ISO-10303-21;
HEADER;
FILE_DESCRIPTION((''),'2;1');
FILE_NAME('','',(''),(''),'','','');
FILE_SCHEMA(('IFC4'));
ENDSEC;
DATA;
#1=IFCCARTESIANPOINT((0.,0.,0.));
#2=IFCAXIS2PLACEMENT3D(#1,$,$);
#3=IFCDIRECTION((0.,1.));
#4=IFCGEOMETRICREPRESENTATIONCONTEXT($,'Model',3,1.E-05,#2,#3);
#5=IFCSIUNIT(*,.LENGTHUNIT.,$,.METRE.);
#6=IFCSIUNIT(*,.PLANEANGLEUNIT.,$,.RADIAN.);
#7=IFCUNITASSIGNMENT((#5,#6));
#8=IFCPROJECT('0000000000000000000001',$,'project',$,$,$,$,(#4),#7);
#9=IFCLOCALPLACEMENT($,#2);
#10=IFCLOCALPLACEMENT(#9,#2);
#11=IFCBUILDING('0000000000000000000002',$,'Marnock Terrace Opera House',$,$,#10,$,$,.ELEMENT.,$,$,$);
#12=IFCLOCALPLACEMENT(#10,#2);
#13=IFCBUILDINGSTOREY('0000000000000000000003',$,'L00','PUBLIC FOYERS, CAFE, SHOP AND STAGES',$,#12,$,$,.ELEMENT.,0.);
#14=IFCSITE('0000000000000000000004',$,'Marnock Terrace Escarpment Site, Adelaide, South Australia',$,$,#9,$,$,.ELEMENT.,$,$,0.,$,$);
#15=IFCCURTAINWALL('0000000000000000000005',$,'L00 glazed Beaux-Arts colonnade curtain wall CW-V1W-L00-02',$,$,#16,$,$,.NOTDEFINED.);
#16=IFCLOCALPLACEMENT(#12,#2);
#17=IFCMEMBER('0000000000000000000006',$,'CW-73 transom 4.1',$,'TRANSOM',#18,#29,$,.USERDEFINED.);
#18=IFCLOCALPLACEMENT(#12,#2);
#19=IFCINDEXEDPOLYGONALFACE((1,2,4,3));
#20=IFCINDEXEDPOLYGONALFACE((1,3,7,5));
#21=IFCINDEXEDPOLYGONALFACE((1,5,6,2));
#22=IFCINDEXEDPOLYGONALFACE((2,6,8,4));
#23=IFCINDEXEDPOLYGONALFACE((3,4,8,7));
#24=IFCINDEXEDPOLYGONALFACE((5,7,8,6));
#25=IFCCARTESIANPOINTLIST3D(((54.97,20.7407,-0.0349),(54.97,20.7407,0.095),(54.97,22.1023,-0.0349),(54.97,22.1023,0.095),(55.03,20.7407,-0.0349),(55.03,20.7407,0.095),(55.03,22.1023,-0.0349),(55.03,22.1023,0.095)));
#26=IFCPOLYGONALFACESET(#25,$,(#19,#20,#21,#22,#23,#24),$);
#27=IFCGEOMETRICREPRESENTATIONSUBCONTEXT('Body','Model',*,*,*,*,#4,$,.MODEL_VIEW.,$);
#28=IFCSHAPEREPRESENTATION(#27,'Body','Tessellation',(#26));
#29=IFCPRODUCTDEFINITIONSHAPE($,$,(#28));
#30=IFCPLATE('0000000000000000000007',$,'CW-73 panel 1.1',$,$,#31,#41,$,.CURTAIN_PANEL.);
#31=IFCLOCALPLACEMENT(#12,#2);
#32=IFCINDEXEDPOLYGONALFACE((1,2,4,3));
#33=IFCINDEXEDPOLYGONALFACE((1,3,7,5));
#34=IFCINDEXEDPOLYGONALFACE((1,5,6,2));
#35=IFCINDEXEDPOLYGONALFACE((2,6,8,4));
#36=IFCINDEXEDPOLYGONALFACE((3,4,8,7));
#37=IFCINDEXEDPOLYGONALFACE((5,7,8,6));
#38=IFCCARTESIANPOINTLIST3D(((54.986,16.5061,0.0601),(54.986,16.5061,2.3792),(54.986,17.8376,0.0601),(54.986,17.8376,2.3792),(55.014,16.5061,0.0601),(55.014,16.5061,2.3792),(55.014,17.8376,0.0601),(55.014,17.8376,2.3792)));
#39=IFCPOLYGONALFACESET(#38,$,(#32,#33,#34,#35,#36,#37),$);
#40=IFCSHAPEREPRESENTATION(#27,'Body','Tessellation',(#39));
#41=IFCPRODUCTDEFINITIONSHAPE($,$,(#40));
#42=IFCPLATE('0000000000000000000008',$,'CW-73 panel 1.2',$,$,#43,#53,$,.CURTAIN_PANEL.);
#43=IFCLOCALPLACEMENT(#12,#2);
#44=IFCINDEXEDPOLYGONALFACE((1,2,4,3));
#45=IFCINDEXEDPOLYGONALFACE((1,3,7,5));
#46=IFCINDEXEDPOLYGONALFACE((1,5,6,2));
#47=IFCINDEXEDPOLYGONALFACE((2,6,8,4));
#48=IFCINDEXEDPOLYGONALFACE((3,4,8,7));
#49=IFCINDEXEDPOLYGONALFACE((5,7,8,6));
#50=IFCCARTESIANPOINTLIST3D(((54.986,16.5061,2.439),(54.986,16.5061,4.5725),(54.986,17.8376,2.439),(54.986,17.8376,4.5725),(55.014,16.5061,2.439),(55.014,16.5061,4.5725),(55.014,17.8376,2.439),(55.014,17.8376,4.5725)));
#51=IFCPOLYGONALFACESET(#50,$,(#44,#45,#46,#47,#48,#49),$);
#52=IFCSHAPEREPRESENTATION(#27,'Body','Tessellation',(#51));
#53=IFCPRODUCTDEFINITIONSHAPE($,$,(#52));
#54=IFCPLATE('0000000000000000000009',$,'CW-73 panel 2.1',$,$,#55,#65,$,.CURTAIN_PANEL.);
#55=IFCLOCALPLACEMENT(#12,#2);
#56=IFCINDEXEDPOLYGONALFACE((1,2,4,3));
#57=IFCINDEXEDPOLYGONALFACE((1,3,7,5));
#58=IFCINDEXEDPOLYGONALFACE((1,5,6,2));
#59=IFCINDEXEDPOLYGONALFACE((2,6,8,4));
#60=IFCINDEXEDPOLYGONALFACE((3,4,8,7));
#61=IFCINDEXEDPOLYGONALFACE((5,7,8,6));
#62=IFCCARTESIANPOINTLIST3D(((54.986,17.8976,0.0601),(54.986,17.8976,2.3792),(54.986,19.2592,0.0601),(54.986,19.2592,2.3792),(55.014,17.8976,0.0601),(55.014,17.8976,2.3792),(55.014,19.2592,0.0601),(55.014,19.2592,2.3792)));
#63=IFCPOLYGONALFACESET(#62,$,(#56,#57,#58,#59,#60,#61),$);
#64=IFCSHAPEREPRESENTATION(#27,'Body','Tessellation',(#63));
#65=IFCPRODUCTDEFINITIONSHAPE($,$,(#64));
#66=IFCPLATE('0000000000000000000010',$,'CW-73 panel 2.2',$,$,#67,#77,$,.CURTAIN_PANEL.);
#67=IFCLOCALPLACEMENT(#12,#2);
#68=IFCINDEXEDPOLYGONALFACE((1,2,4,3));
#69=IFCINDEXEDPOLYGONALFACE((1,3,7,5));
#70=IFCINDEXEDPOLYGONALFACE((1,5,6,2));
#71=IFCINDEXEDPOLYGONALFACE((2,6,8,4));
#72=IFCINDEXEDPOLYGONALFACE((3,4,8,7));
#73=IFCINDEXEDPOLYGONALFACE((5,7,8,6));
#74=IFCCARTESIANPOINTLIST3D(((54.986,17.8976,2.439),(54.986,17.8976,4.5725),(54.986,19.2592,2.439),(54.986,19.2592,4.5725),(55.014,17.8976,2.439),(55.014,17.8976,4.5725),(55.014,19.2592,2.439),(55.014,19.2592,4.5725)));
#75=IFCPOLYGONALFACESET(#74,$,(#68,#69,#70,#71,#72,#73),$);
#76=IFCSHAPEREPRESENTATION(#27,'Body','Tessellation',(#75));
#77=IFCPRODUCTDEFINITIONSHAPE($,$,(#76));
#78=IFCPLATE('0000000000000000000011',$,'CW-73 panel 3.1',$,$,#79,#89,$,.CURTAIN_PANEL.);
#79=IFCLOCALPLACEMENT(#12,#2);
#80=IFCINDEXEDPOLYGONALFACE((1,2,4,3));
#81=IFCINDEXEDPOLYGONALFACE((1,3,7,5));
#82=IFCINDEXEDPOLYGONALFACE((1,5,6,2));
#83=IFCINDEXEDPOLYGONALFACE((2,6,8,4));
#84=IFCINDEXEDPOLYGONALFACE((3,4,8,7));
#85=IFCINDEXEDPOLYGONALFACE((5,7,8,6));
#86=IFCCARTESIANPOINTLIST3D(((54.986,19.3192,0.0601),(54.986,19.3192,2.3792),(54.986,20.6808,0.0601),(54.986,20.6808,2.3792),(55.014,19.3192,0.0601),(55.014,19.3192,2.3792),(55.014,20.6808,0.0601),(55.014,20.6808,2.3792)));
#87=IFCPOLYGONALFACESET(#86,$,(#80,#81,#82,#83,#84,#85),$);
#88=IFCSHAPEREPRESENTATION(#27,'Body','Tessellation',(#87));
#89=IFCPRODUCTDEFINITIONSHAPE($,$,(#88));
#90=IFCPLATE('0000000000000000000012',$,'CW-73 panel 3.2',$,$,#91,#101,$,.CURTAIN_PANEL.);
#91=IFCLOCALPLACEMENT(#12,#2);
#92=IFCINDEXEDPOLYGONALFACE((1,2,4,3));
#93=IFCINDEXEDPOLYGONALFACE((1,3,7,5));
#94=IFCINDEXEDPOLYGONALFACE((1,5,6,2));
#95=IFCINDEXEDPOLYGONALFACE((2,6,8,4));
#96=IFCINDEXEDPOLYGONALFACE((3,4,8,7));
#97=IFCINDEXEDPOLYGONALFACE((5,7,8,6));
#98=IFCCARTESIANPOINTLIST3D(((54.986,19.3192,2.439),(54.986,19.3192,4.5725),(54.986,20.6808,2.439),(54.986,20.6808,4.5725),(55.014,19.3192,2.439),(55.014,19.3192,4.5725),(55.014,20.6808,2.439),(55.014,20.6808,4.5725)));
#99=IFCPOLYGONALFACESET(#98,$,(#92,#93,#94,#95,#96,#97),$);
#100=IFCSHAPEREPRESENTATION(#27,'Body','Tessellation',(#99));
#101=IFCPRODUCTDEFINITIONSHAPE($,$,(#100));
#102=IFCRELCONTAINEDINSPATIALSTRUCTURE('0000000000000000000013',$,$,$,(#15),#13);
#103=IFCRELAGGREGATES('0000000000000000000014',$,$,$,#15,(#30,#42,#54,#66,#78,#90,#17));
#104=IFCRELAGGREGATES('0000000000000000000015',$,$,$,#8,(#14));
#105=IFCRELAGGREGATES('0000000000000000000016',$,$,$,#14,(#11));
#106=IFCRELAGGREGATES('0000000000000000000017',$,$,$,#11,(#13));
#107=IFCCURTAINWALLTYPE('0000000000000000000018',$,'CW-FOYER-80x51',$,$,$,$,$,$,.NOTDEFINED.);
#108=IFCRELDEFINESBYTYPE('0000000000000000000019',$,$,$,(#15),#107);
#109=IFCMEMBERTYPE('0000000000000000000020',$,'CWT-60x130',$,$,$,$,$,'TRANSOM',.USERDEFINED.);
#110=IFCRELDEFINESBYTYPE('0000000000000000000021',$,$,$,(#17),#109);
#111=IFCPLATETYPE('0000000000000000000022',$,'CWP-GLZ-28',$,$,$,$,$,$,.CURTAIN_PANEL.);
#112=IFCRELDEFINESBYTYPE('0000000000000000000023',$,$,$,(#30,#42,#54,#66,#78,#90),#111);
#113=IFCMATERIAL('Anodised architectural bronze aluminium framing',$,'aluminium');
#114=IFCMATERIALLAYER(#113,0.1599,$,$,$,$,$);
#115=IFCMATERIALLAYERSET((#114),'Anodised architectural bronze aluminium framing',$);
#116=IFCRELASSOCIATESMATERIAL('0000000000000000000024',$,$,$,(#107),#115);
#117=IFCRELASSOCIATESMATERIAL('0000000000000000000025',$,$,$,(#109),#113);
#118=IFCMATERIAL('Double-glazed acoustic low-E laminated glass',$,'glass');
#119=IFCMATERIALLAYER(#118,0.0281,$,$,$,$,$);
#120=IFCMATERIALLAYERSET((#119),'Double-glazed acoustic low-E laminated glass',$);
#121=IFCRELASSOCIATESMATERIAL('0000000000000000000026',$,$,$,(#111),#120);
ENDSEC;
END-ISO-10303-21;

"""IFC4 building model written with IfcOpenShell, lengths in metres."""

from ifc_helpers import new_model, si_unit, direction, frame, origin, origin_2d, place, context, subcontext, project, spatial, rectangle, extrude, material, layer, layer_set, material_profile, profile_set, type_object, element, aggregate, save


model = new_model("IFC4")

# Units and contexts
model_context = context("Model", 3, precision=1e-05, world=origin(), true_north=direction((0.0, 1.0)))
body_context = subcontext(model_context, "Body", "Model", "MODEL_VIEW")
ifc_project = project(units=[si_unit("LENGTHUNIT", "METRE"), si_unit("PLANEANGLEUNIT", "RADIAN")], contexts=[model_context])

# Site, building, storey
site_placement = place(None, origin())
site = spatial("IfcSite", under=ifc_project, at=site_placement, Name="Marnock Terrace Escarpment Site, Adelaide, South Australia", CompositionType="ELEMENT", RefElevation=0.0)
building_placement = place(site_placement, origin())
building = spatial("IfcBuilding", under=site, at=building_placement, Name="Marnock Terrace Opera House", CompositionType="ELEMENT")
storey_placement = place(building_placement, origin())
storey = spatial("IfcBuildingStorey", under=building, at=storey_placement, Name="L00", Description="PUBLIC FOYERS, CAFE, SHOP AND STAGES", CompositionType="ELEMENT", Elevation=0.0)

# Curtain wall, member, plates
ifc_material_1 = material(Name="Anodised architectural bronze aluminium framing", Category="aluminium")
ifc_layer_1 = layer(ifc_material_1, 0.1599)
ifc_layer_set_1 = layer_set([ifc_layer_1], Name="Anodised architectural bronze aluminium framing")
curtain_wall_type = type_object("IfcCurtainWallType", Name="CW-FOYER-80x51", PredefinedType="NOTDEFINED", material=ifc_layer_set_1)
curtain_wall_placement = place(storey_placement, origin())
curtain_wall = element("IfcCurtainWall", 1, at=curtain_wall_placement, inside=storey, type_object=curtain_wall_type, Name="L00 glazed Beaux-Arts colonnade curtain wall CW-V1W-L00-02", PredefinedType="NOTDEFINED")
ifc_material_profile_1 = material_profile(ifc_material_1, rectangle(XDim=0.0601, YDim=0.1299, at=origin_2d()))
ifc_profile_set_1 = profile_set([ifc_material_profile_1], Name="Anodised architectural bronze aluminium framing")
member_type_1 = type_object("IfcMemberType", Name="CWT-60x130", ElementType="TRANSOM", PredefinedType="USERDEFINED", material=ifc_profile_set_1)
member_1_placement = place(storey_placement, frame((55.0, 20.7407, 0.03), z_axis=(0.0, 1.0, 0.0), x_axis=(-1.0, 0.0, 0.0)))
member_1 = element("IfcMember", 2, at=member_1_placement, type_object=member_type_1, Name="CW-73 transom 4.1", ObjectType="TRANSOM", PredefinedType="USERDEFINED", context=body_context, shape_type="SweptSolid", body=[
    extrude(rectangle(XDim=0.0601, YDim=0.1299, at=origin_2d()), origin(), (0.0, 0.0, 1.0), 1.3616),
])
ifc_material_2 = material(Name="Double-glazed acoustic low-E laminated glass", Category="glass")
ifc_layer_2 = layer(ifc_material_2, 0.0281)
ifc_layer_set_2 = layer_set([ifc_layer_2], Name="Double-glazed acoustic low-E laminated glass")
plate_type = type_object("IfcPlateType", Name="CWP-GLZ-28", PredefinedType="CURTAIN_PANEL", material=ifc_layer_set_2)
plate_1_placement = place(storey_placement, frame((55.0, 17.1719, 0.0601), z_axis=(0.0, 0.0, 1.0), x_axis=(0.0, 1.0, 0.0)))
plate_1 = element("IfcPlate", 3, at=plate_1_placement, type_object=plate_type, Name="CW-73 panel 1.1", PredefinedType="CURTAIN_PANEL", context=body_context, shape_type="SweptSolid", body=[
    extrude(rectangle(XDim=1.3315, YDim=0.0281, at=origin_2d()), origin(), (0.0, 0.0, 1.0), 2.3191),
])
plate_2_placement = place(storey_placement, frame((55.0, 17.1719, 2.439), z_axis=(0.0, 0.0, 1.0), x_axis=(0.0, 1.0, 0.0)))
plate_2 = element("IfcPlate", 4, at=plate_2_placement, type_object=plate_type, Name="CW-73 panel 1.2", PredefinedType="CURTAIN_PANEL", context=body_context, shape_type="SweptSolid", body=[
    extrude(rectangle(XDim=1.3315, YDim=0.0281, at=origin_2d()), origin(), (0.0, 0.0, 1.0), 2.1335),
])
plate_3_placement = place(storey_placement, frame((55.0, 18.5784, 0.0601), z_axis=(0.0, 0.0, 1.0), x_axis=(0.0, 1.0, 0.0)))
plate_3 = element("IfcPlate", 5, at=plate_3_placement, type_object=plate_type, Name="CW-73 panel 2.1", PredefinedType="CURTAIN_PANEL", context=body_context, shape_type="SweptSolid", body=[
    extrude(rectangle(XDim=1.3616, YDim=0.0281, at=origin_2d()), origin(), (0.0, 0.0, 1.0), 2.3191),
])
plate_4_placement = place(storey_placement, frame((55.0, 18.5784, 2.439), z_axis=(0.0, 0.0, 1.0), x_axis=(0.0, 1.0, 0.0)))
plate_4 = element("IfcPlate", 6, at=plate_4_placement, type_object=plate_type, Name="CW-73 panel 2.2", PredefinedType="CURTAIN_PANEL", context=body_context, shape_type="SweptSolid", body=[
    extrude(rectangle(XDim=1.3616, YDim=0.0281, at=origin_2d()), origin(), (0.0, 0.0, 1.0), 2.1335),
])
plate_5_placement = place(storey_placement, frame((55.0, 20.0, 0.0601), z_axis=(0.0, 0.0, 1.0), x_axis=(0.0, 1.0, 0.0)))
plate_5 = element("IfcPlate", 7, at=plate_5_placement, type_object=plate_type, Name="CW-73 panel 3.1", PredefinedType="CURTAIN_PANEL", context=body_context, shape_type="SweptSolid", body=[
    extrude(rectangle(XDim=1.3616, YDim=0.0281, at=origin_2d()), origin(), (0.0, 0.0, 1.0), 2.3191),
])
plate_6_placement = place(storey_placement, frame((55.0, 20.0, 2.439), z_axis=(0.0, 0.0, 1.0), x_axis=(0.0, 1.0, 0.0)))
plate_6 = element("IfcPlate", 8, at=plate_6_placement, type_object=plate_type, Name="CW-73 panel 3.2", PredefinedType="CURTAIN_PANEL", context=body_context, shape_type="SweptSolid", body=[
    extrude(rectangle(XDim=1.3616, YDim=0.0281, at=origin_2d()), origin(), (0.0, 0.0, 1.0), 2.1335),
])
aggregate(curtain_wall, [plate_1, plate_2, plate_3, plate_4, plate_5, plate_6, member_1])

save(model, "model.ifc")
